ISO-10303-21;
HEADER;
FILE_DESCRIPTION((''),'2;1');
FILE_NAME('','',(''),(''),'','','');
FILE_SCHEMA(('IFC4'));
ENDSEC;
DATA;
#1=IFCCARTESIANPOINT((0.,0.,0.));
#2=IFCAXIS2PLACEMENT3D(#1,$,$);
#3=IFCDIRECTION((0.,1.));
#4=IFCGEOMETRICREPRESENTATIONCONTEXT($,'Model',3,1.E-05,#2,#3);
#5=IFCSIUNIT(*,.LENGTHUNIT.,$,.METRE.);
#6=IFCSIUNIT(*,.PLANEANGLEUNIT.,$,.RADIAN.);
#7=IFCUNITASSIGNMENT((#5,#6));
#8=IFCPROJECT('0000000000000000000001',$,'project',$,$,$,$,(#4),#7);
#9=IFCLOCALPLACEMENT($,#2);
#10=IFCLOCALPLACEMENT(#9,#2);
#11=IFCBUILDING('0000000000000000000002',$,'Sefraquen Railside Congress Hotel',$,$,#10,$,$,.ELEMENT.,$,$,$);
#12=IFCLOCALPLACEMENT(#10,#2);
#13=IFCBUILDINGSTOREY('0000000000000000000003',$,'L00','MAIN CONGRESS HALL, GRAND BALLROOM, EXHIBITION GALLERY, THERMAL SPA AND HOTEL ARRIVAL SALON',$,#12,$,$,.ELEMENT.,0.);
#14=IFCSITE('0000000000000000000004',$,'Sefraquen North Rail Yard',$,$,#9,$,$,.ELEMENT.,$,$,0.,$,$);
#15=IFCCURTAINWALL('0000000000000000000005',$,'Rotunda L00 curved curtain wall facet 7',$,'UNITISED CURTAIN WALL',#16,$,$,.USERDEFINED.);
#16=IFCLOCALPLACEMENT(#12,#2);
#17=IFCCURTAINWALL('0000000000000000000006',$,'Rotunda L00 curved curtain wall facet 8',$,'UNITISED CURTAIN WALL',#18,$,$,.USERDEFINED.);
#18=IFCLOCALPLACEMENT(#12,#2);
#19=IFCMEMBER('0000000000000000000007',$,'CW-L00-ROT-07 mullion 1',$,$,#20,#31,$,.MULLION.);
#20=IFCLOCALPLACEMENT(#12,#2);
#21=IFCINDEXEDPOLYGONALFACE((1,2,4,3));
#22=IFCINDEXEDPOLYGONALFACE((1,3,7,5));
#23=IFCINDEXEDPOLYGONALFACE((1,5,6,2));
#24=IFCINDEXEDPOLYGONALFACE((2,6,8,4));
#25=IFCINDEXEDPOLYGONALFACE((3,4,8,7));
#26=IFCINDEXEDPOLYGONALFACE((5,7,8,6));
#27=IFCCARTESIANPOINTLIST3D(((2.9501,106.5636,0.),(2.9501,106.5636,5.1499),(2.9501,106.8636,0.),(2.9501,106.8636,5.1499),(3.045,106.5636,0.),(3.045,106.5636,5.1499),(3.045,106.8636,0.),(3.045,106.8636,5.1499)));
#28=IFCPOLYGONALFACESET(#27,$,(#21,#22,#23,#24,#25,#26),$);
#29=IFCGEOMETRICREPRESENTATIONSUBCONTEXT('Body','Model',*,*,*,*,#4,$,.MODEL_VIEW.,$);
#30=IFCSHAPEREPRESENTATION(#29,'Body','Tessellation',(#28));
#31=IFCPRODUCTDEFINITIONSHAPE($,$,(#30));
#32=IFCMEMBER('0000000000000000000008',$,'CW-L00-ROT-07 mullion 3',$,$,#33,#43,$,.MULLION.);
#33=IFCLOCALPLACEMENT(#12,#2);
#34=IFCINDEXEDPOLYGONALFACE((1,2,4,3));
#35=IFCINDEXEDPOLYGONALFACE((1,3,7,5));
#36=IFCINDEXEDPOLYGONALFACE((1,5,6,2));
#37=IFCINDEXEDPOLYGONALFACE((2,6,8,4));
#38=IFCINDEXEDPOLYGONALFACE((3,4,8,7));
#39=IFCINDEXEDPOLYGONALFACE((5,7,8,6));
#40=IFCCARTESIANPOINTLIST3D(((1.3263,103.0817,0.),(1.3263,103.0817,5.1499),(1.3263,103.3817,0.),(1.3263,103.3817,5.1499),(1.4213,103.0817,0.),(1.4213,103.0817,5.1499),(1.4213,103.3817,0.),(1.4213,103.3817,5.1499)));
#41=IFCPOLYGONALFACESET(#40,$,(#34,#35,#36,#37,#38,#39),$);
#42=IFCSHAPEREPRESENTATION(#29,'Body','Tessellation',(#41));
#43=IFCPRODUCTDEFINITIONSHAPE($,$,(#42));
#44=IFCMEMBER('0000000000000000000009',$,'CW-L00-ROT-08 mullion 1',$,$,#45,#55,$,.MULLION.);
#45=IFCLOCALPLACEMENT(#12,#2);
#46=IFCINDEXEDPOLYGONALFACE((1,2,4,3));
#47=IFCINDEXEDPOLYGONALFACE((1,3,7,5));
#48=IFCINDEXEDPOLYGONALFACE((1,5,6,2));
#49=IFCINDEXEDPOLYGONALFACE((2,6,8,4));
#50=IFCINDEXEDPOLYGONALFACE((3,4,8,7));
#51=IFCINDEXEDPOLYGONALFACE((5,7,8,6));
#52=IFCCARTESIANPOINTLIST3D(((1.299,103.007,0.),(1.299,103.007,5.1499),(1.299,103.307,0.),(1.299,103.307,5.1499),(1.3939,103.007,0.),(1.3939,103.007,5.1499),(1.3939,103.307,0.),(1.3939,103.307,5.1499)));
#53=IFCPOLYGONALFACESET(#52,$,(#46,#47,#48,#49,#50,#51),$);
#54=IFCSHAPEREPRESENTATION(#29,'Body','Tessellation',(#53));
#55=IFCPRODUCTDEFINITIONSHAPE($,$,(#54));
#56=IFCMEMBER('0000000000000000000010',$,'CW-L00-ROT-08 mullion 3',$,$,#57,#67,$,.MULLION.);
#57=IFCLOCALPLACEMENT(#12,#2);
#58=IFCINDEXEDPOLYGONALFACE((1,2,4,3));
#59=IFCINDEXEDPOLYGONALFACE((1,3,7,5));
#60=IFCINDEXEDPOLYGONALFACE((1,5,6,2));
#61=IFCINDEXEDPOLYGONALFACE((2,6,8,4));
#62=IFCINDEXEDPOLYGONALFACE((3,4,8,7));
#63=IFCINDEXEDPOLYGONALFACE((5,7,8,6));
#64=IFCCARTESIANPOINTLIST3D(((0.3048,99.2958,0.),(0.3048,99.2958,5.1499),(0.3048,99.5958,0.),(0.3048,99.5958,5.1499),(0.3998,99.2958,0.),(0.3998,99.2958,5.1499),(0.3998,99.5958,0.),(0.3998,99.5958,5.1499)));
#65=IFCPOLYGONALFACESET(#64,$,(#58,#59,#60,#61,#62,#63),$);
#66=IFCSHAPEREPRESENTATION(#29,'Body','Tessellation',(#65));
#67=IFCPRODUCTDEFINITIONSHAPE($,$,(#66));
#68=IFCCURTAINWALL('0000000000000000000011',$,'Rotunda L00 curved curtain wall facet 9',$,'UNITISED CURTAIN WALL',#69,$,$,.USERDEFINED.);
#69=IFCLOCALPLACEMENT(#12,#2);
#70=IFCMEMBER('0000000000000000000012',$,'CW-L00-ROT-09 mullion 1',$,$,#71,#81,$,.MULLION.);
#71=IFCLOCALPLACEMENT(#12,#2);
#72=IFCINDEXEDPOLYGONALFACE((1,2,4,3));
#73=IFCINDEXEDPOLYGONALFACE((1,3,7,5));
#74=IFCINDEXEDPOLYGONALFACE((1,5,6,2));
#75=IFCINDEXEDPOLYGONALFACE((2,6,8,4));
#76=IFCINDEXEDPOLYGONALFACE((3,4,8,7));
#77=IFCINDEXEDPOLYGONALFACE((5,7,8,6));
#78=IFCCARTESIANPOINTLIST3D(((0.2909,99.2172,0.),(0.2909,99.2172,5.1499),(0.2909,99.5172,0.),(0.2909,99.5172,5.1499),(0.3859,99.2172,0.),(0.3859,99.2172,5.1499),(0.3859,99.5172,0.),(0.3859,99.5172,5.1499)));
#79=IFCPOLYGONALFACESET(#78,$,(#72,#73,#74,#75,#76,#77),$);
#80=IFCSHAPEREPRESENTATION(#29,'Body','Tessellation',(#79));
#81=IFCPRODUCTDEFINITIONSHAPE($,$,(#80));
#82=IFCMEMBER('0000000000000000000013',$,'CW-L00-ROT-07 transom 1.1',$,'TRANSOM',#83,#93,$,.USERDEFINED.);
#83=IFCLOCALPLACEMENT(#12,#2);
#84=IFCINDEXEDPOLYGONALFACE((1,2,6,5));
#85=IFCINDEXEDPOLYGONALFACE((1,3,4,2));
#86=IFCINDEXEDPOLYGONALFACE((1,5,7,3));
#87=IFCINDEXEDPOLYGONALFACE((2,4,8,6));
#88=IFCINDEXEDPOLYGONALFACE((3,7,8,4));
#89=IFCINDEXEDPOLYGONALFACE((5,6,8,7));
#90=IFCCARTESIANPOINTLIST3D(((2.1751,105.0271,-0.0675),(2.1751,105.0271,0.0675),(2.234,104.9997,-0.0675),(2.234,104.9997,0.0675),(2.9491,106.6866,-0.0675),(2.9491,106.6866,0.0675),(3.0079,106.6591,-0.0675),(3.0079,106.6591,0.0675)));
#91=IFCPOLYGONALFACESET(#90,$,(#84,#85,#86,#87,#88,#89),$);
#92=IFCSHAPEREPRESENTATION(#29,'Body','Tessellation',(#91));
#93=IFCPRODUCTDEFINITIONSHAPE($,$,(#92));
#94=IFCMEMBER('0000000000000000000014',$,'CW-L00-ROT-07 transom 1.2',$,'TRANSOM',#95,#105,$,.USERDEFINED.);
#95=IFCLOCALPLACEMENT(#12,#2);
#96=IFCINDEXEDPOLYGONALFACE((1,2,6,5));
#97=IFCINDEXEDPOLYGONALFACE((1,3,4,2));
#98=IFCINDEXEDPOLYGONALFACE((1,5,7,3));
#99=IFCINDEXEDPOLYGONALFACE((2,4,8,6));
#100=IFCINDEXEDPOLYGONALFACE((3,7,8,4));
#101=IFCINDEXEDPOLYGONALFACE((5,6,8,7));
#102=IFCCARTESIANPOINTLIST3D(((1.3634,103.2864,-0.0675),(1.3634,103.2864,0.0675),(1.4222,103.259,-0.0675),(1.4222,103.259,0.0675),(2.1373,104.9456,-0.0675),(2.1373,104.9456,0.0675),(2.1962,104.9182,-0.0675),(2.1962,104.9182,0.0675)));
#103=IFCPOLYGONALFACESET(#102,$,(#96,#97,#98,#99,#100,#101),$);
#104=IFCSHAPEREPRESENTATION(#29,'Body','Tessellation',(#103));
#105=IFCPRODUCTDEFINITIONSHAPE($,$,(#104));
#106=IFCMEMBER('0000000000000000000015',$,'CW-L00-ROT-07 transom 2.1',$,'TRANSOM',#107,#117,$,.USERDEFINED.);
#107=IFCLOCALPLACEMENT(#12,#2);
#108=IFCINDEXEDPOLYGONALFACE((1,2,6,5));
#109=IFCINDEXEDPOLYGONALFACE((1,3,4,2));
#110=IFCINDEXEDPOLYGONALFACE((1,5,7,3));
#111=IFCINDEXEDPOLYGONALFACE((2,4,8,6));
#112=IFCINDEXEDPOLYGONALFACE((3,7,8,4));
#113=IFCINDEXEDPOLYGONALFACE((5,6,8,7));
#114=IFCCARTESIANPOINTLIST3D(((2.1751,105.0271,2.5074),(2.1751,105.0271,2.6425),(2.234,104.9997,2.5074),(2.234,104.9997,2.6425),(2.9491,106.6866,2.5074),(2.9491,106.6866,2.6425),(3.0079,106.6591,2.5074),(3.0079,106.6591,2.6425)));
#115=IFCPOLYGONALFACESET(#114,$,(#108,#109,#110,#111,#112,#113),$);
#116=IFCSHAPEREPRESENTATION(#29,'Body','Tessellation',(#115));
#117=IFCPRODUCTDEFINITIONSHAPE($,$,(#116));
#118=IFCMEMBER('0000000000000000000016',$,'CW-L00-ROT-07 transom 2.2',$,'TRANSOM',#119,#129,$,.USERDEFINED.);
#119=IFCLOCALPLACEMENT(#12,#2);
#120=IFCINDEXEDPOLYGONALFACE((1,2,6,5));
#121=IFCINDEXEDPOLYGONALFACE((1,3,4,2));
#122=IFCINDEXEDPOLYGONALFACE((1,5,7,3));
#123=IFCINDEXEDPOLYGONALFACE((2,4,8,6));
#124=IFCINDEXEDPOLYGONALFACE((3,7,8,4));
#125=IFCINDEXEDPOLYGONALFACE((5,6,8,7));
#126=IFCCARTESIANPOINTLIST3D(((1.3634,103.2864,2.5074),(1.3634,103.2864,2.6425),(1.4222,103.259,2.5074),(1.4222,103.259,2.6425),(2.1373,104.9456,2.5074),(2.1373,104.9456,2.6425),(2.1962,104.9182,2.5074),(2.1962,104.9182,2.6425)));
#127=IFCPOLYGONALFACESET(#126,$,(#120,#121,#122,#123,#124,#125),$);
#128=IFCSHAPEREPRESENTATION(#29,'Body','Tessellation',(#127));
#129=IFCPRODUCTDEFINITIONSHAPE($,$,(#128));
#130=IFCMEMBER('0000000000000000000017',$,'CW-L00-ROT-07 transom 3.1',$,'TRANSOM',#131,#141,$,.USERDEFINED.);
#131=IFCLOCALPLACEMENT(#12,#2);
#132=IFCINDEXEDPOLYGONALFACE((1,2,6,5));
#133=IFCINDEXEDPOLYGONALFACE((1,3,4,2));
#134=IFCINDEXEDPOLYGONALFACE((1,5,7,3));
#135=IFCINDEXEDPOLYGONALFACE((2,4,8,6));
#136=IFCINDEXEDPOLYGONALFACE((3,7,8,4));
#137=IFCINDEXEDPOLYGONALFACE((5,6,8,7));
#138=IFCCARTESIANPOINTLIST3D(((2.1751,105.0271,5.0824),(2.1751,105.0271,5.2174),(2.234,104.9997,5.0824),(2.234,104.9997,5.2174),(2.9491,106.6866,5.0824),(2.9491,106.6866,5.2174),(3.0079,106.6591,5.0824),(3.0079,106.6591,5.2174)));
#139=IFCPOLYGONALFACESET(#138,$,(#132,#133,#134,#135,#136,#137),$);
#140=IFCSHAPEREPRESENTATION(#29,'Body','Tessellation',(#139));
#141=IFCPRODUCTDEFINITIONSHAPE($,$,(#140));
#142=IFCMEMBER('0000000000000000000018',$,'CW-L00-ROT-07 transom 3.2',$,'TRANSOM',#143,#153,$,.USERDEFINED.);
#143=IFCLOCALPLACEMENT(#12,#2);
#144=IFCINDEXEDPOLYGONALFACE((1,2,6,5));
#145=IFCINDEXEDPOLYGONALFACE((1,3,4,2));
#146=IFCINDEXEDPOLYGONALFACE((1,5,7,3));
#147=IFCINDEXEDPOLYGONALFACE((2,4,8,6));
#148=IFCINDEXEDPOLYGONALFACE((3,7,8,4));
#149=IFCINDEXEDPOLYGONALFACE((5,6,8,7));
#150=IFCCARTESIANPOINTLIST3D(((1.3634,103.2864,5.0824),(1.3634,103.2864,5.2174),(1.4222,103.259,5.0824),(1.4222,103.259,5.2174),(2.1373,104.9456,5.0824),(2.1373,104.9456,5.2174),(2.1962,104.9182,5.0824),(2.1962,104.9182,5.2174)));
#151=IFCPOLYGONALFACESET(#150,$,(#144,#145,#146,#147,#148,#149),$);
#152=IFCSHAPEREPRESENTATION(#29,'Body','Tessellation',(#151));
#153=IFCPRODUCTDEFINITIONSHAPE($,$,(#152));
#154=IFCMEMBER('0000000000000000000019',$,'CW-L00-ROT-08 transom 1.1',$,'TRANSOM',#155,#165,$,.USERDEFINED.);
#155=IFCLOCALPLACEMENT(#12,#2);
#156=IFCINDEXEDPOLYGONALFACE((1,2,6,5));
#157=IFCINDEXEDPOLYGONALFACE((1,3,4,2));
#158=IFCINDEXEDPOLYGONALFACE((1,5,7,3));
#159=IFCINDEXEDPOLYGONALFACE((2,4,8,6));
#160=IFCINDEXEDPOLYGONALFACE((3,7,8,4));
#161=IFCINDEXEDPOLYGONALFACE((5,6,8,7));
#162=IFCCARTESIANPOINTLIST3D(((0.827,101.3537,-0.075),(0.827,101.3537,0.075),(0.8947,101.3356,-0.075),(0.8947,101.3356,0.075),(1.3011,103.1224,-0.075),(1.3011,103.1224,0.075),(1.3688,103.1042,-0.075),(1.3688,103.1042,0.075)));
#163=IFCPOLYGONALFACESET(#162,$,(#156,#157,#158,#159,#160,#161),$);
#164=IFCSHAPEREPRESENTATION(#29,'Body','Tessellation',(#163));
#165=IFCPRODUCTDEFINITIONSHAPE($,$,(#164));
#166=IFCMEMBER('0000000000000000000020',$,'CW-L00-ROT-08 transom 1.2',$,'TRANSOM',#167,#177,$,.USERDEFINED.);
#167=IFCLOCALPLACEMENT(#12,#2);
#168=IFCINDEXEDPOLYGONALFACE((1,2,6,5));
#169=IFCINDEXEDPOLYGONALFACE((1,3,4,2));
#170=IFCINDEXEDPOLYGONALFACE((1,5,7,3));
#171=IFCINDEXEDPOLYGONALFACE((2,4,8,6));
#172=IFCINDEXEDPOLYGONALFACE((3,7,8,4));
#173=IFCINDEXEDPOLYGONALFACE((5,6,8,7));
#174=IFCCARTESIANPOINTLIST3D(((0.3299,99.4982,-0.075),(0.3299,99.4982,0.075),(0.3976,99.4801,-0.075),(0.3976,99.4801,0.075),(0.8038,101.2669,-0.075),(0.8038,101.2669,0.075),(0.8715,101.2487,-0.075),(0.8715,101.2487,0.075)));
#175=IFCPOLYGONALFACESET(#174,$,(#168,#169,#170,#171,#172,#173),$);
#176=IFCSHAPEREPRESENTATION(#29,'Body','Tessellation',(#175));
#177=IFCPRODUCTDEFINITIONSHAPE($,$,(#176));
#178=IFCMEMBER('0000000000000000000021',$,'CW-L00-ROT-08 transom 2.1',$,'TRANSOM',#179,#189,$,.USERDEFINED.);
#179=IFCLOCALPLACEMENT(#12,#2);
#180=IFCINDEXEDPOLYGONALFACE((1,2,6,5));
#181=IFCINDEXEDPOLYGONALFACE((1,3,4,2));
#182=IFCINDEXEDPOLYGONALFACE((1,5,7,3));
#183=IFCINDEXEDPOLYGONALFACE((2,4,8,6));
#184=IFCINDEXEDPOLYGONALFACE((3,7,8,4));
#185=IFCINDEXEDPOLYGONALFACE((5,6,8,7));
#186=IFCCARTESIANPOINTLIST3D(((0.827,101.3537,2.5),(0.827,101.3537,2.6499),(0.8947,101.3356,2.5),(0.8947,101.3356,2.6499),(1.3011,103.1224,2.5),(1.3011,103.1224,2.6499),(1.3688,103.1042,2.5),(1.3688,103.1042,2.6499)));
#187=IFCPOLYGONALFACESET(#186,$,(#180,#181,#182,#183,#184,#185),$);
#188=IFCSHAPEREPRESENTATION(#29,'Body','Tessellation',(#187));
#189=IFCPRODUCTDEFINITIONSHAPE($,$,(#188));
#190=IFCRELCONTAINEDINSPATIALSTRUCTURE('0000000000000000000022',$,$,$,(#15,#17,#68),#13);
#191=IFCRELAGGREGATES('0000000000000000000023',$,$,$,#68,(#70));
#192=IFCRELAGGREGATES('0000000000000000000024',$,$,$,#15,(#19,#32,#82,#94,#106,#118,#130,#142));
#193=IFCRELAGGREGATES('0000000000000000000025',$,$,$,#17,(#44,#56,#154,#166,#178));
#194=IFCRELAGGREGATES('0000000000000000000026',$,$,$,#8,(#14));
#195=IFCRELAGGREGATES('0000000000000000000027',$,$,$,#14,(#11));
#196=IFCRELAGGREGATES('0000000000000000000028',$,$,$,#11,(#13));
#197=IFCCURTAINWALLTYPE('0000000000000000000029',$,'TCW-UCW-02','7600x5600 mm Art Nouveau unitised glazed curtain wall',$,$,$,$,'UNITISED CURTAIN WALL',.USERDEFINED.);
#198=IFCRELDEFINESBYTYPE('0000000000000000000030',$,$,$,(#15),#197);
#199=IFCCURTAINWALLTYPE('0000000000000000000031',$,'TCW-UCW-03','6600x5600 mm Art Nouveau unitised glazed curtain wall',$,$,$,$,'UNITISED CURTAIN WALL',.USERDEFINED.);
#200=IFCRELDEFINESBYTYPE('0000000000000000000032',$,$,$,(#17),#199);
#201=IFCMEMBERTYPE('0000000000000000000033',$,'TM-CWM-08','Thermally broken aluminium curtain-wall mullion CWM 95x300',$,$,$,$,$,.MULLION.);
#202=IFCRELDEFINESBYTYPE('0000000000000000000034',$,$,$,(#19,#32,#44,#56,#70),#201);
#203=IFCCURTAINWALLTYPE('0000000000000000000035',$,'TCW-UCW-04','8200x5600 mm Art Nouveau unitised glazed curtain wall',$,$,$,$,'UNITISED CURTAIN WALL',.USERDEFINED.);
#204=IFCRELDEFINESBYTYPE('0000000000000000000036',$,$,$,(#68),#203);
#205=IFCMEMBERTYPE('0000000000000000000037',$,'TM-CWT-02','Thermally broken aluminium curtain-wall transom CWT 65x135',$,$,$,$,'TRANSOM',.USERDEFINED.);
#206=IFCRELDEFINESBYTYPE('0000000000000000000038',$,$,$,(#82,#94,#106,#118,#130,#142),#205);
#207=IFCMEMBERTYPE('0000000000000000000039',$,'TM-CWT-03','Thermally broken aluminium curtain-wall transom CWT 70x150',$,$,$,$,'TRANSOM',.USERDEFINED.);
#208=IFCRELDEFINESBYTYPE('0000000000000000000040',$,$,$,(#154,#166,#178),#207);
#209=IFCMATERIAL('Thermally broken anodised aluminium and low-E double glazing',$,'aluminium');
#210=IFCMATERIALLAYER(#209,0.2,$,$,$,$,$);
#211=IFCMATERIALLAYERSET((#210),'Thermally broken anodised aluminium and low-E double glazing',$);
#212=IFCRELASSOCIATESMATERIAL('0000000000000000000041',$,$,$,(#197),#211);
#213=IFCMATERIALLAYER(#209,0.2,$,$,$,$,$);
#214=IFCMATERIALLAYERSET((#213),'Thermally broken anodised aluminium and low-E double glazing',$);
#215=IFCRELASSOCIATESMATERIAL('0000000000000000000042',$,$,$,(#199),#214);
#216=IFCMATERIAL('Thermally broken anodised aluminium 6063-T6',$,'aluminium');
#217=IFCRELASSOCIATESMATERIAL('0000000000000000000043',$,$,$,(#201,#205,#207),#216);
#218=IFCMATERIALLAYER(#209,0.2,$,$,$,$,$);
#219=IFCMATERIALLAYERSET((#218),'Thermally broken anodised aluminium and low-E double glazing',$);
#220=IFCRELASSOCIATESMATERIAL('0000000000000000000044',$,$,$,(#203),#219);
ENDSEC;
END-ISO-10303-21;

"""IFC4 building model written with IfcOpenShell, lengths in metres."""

from ifc_helpers import new_model, si_unit, direction, frame, origin, origin_2d, place, context, subcontext, project, spatial, rectangle, extrude, material, layer, layer_set, material_profile, profile_set, type_object, element, aggregate, save


model = new_model("IFC4")

# Units and contexts
model_context = context("Model", 3, precision=1e-05, world=origin(), true_north=direction((0.0, 1.0)))
body_context = subcontext(model_context, "Body", "Model", "MODEL_VIEW")
ifc_project = project(units=[si_unit("LENGTHUNIT", "METRE"), si_unit("PLANEANGLEUNIT", "RADIAN")], contexts=[model_context])

# Site, building, storey
site_placement = place(None, origin())
site = spatial("IfcSite", under=ifc_project, at=site_placement, Name="Sefraquen North Rail Yard", CompositionType="ELEMENT", RefElevation=0.0)
building_placement = place(site_placement, origin())
building = spatial("IfcBuilding", under=site, at=building_placement, Name="Sefraquen Railside Congress Hotel", CompositionType="ELEMENT")
storey_placement = place(building_placement, origin())
storey = spatial("IfcBuildingStorey", under=building, at=storey_placement, Name="L00", Description="MAIN CONGRESS HALL, GRAND BALLROOM, EXHIBITION GALLERY, THERMAL SPA AND HOTEL ARRIVAL SALON", CompositionType="ELEMENT", Elevation=0.0)

# Curtain walls
ifc_material_1 = material(Name="Thermally broken anodised aluminium and low-E double glazing", Category="aluminium")
ifc_layer_1 = layer(ifc_material_1, 0.2)
ifc_layer_set_1 = layer_set([ifc_layer_1], Name="Thermally broken anodised aluminium and low-E double glazing")
curtain_wall_type_1 = type_object("IfcCurtainWallType", Name="TCW-UCW-02", Description="7600x5600 mm Art Nouveau unitised glazed curtain wall", ElementType="UNITISED CURTAIN WALL", PredefinedType="USERDEFINED", material=ifc_layer_set_1)
curtain_wall_1_placement = place(storey_placement, origin())
curtain_wall_1 = element("IfcCurtainWall", 1, at=curtain_wall_1_placement, inside=storey, type_object=curtain_wall_type_1, Name="Rotunda L00 curved curtain wall facet 7", ObjectType="UNITISED CURTAIN WALL", PredefinedType="USERDEFINED")
ifc_material_2 = material(Name="Thermally broken anodised aluminium 6063-T6", Category="aluminium")
ifc_layer_2 = layer(ifc_material_1, 0.2)
ifc_layer_set_2 = layer_set([ifc_layer_2], Name="Thermally broken anodised aluminium and low-E double glazing")
curtain_wall_type_2 = type_object("IfcCurtainWallType", Name="TCW-UCW-03", Description="6600x5600 mm Art Nouveau unitised glazed curtain wall", ElementType="UNITISED CURTAIN WALL", PredefinedType="USERDEFINED", material=ifc_layer_set_2)
curtain_wall_2_placement = place(storey_placement, origin())
curtain_wall_2 = element("IfcCurtainWall", 2, at=curtain_wall_2_placement, inside=storey, type_object=curtain_wall_type_2, Name="Rotunda L00 curved curtain wall facet 8", ObjectType="UNITISED CURTAIN WALL", PredefinedType="USERDEFINED")
ifc_material_profile_1 = material_profile(ifc_material_2, rectangle(XDim=0.095, YDim=0.3, at=origin_2d()), Name="CWM 95x300")
ifc_profile_set_1 = profile_set([ifc_material_profile_1], Name="Thermally broken anodised aluminium 6063-T6")
member_type_1 = type_object("IfcMemberType", Name="TM-CWM-08", Description="Thermally broken aluminium curtain-wall mullion CWM 95x300", PredefinedType="MULLION", material=ifc_profile_set_1)

# Members
member_1_placement = place(storey_placement, frame((2.9976, 106.7136, 0.0), z_axis=(0.0, 0.0, 1.0), x_axis=(1.0, 0.0, 0.0)))
member_1 = element("IfcMember", 3, at=member_1_placement, type_object=member_type_1, Name="CW-L00-ROT-07 mullion 1", PredefinedType="MULLION", context=body_context, shape_type="SweptSolid", body=[
    extrude(rectangle(XDim=0.095, YDim=0.3, at=origin_2d()), origin(), (0.0, 0.0, 1.0), 5.1499),
])
member_2_placement = place(storey_placement, frame((1.3738, 103.2317, 0.0), z_axis=(0.0, 0.0, 1.0), x_axis=(1.0, 0.0, 0.0)))
member_2 = element("IfcMember", 4, at=member_2_placement, type_object=member_type_1, Name="CW-L00-ROT-07 mullion 3", PredefinedType="MULLION", context=body_context, shape_type="SweptSolid", body=[
    extrude(rectangle(XDim=0.095, YDim=0.3, at=origin_2d()), origin(), (0.0, 0.0, 1.0), 5.1499),
])
member_3_placement = place(storey_placement, frame((1.3464, 103.157, 0.0), z_axis=(0.0, 0.0, 1.0), x_axis=(1.0, 0.0, 0.0)))
member_3 = element("IfcMember", 5, at=member_3_placement, type_object=member_type_1, Name="CW-L00-ROT-08 mullion 1", PredefinedType="MULLION", context=body_context, shape_type="SweptSolid", body=[
    extrude(rectangle(XDim=0.095, YDim=0.3, at=origin_2d()), origin(), (0.0, 0.0, 1.0), 5.1499),
])
member_4_placement = place(storey_placement, frame((0.3523, 99.4458, 0.0), z_axis=(0.0, 0.0, 1.0), x_axis=(1.0, 0.0, 0.0)))
member_4 = element("IfcMember", 6, at=member_4_placement, type_object=member_type_1, Name="CW-L00-ROT-08 mullion 3", PredefinedType="MULLION", context=body_context, shape_type="SweptSolid", body=[
    extrude(rectangle(XDim=0.095, YDim=0.3, at=origin_2d()), origin(), (0.0, 0.0, 1.0), 5.1499),
])

# Curtain wall, member
ifc_layer_3 = layer(ifc_material_1, 0.2)
ifc_layer_set_3 = layer_set([ifc_layer_3], Name="Thermally broken anodised aluminium and low-E double glazing")
curtain_wall_type_3 = type_object("IfcCurtainWallType", Name="TCW-UCW-04", Description="8200x5600 mm Art Nouveau unitised glazed curtain wall", ElementType="UNITISED CURTAIN WALL", PredefinedType="USERDEFINED", material=ifc_layer_set_3)
curtain_wall_3_placement = place(storey_placement, origin())
curtain_wall_3 = element("IfcCurtainWall", 7, at=curtain_wall_3_placement, inside=storey, type_object=curtain_wall_type_3, Name="Rotunda L00 curved curtain wall facet 9", ObjectType="UNITISED CURTAIN WALL", PredefinedType="USERDEFINED")
member_5_placement = place(storey_placement, frame((0.3384, 99.3672, 0.0), z_axis=(0.0, 0.0, 1.0), x_axis=(1.0, 0.0, 0.0)))
member_5 = element("IfcMember", 8, at=member_5_placement, type_object=member_type_1, Name="CW-L00-ROT-09 mullion 1", PredefinedType="MULLION", context=body_context, shape_type="SweptSolid", body=[
    extrude(rectangle(XDim=0.095, YDim=0.3, at=origin_2d()), origin(), (0.0, 0.0, 1.0), 5.1499),
])
aggregate(curtain_wall_3, [member_5])

# Members
ifc_material_profile_2 = material_profile(ifc_material_2, rectangle(XDim=0.0649, YDim=0.135, at=origin_2d()), Name="CWT 65x135")
ifc_profile_set_2 = profile_set([ifc_material_profile_2], Name="Thermally broken anodised aluminium 6063-T6")
member_type_2 = type_object("IfcMemberType", Name="TM-CWT-02", Description="Thermally broken aluminium curtain-wall transom CWT 65x135", ElementType="TRANSOM", PredefinedType="USERDEFINED", material=ifc_profile_set_2)
member_6_placement = place(storey_placement, frame((2.9785, 106.6729, 0.0), z_axis=(-0.422674, -0.906282, 0.0), x_axis=(0.906282, -0.422674, 0.0)))
member_6 = element("IfcMember", 9, at=member_6_placement, type_object=member_type_2, Name="CW-L00-ROT-07 transom 1.1", ObjectType="TRANSOM", PredefinedType="USERDEFINED", context=body_context, shape_type="SweptSolid", body=[
    extrude(rectangle(XDim=0.0649, YDim=0.135, at=origin_2d()), origin(), (0.0, 0.0, 1.0), 1.8311),
])
member_7_placement = place(storey_placement, frame((2.1667, 104.9319, 0.0), z_axis=(-0.422725, -0.906258, 0.0), x_axis=(0.906258, -0.422725, 0.0)))
member_7 = element("IfcMember", 10, at=member_7_placement, type_object=member_type_2, Name="CW-L00-ROT-07 transom 1.2", ObjectType="TRANSOM", PredefinedType="USERDEFINED", context=body_context, shape_type="SweptSolid", body=[
    extrude(rectangle(XDim=0.0649, YDim=0.135, at=origin_2d()), origin(), (0.0, 0.0, 1.0), 1.8308),
])
member_8_placement = place(storey_placement, frame((2.9785, 106.6729, 2.575), z_axis=(-0.422674, -0.906282, 0.0), x_axis=(0.906282, -0.422674, 0.0)))
member_8 = element("IfcMember", 11, at=member_8_placement, type_object=member_type_2, Name="CW-L00-ROT-07 transom 2.1", ObjectType="TRANSOM", PredefinedType="USERDEFINED", context=body_context, shape_type="SweptSolid", body=[
    extrude(rectangle(XDim=0.0649, YDim=0.135, at=origin_2d()), origin(), (0.0, 0.0, 1.0), 1.8311),
])
member_9_placement = place(storey_placement, frame((2.1667, 104.9319, 2.575), z_axis=(-0.422725, -0.906258, 0.0), x_axis=(0.906258, -0.422725, 0.0)))
member_9 = element("IfcMember", 12, at=member_9_placement, type_object=member_type_2, Name="CW-L00-ROT-07 transom 2.2", ObjectType="TRANSOM", PredefinedType="USERDEFINED", context=body_context, shape_type="SweptSolid", body=[
    extrude(rectangle(XDim=0.0649, YDim=0.135, at=origin_2d()), origin(), (0.0, 0.0, 1.0), 1.8308),
])
member_10_placement = place(storey_placement, frame((2.9785, 106.6729, 5.1499), z_axis=(-0.422674, -0.906282, 0.0), x_axis=(0.906282, -0.422674, 0.0)))
member_10 = element("IfcMember", 13, at=member_10_placement, type_object=member_type_2, Name="CW-L00-ROT-07 transom 3.1", ObjectType="TRANSOM", PredefinedType="USERDEFINED", context=body_context, shape_type="SweptSolid", body=[
    extrude(rectangle(XDim=0.0649, YDim=0.135, at=origin_2d()), origin(), (0.0, 0.0, 1.0), 1.8311),
])
member_11_placement = place(storey_placement, frame((2.1667, 104.9319, 5.1499), z_axis=(-0.422725, -0.906258, 0.0), x_axis=(0.906258, -0.422725, 0.0)))
member_11 = element("IfcMember", 14, at=member_11_placement, type_object=member_type_2, Name="CW-L00-ROT-07 transom 3.2", ObjectType="TRANSOM", PredefinedType="USERDEFINED", context=body_context, shape_type="SweptSolid", body=[
    extrude(rectangle(XDim=0.0649, YDim=0.135, at=origin_2d()), origin(), (0.0, 0.0, 1.0), 1.8308),
])
ifc_material_profile_3 = material_profile(ifc_material_2, rectangle(XDim=0.0701, YDim=0.1499, at=origin_2d()), Name="CWT 70x150")
ifc_profile_set_3 = profile_set([ifc_material_profile_3], Name="Thermally broken anodised aluminium 6063-T6")
member_type_3 = type_object("IfcMemberType", Name="TM-CWT-03", Description="Thermally broken aluminium curtain-wall transom CWT 70x150", ElementType="TRANSOM", PredefinedType="USERDEFINED", material=ifc_profile_set_3)
member_12_placement = place(storey_placement, frame((1.335, 103.1133, 0.0), z_axis=(-0.25894, -0.965893, 0.0), x_axis=(0.965893, -0.25894, 0.0)))
member_12 = element("IfcMember", 15, at=member_12_placement, type_object=member_type_3, Name="CW-L00-ROT-08 transom 1.1", ObjectType="TRANSOM", PredefinedType="USERDEFINED", context=body_context, shape_type="SweptSolid", body=[
    extrude(rectangle(XDim=0.0701, YDim=0.1499, at=origin_2d()), origin(), (0.0, 0.0, 1.0), 1.8311),
])
member_13_placement = place(storey_placement, frame((0.8376, 101.2578, 0.0), z_axis=(-0.258816, -0.965927, 0.0), x_axis=(0.965927, -0.258816, 0.0)))
member_13 = element("IfcMember", 16, at=member_13_placement, type_object=member_type_3, Name="CW-L00-ROT-08 transom 1.2", ObjectType="TRANSOM", PredefinedType="USERDEFINED", context=body_context, shape_type="SweptSolid", body=[
    extrude(rectangle(XDim=0.0701, YDim=0.1499, at=origin_2d()), origin(), (0.0, 0.0, 1.0), 1.8311),
])
member_14_placement = place(storey_placement, frame((1.335, 103.1133, 2.575), z_axis=(-0.25894, -0.965893, 0.0), x_axis=(0.965893, -0.25894, 0.0)))
member_14 = element("IfcMember", 17, at=member_14_placement, type_object=member_type_3, Name="CW-L00-ROT-08 transom 2.1", ObjectType="TRANSOM", PredefinedType="USERDEFINED", context=body_context, shape_type="SweptSolid", body=[
    extrude(rectangle(XDim=0.0701, YDim=0.1499, at=origin_2d()), origin(), (0.0, 0.0, 1.0), 1.8311),
])

aggregate(curtain_wall_1, [member_1, member_2, member_6, member_7, member_8, member_9, member_10, member_11])
aggregate(curtain_wall_2, [member_3, member_4, member_12, member_13, member_14])

save(model, "model.ifc")
